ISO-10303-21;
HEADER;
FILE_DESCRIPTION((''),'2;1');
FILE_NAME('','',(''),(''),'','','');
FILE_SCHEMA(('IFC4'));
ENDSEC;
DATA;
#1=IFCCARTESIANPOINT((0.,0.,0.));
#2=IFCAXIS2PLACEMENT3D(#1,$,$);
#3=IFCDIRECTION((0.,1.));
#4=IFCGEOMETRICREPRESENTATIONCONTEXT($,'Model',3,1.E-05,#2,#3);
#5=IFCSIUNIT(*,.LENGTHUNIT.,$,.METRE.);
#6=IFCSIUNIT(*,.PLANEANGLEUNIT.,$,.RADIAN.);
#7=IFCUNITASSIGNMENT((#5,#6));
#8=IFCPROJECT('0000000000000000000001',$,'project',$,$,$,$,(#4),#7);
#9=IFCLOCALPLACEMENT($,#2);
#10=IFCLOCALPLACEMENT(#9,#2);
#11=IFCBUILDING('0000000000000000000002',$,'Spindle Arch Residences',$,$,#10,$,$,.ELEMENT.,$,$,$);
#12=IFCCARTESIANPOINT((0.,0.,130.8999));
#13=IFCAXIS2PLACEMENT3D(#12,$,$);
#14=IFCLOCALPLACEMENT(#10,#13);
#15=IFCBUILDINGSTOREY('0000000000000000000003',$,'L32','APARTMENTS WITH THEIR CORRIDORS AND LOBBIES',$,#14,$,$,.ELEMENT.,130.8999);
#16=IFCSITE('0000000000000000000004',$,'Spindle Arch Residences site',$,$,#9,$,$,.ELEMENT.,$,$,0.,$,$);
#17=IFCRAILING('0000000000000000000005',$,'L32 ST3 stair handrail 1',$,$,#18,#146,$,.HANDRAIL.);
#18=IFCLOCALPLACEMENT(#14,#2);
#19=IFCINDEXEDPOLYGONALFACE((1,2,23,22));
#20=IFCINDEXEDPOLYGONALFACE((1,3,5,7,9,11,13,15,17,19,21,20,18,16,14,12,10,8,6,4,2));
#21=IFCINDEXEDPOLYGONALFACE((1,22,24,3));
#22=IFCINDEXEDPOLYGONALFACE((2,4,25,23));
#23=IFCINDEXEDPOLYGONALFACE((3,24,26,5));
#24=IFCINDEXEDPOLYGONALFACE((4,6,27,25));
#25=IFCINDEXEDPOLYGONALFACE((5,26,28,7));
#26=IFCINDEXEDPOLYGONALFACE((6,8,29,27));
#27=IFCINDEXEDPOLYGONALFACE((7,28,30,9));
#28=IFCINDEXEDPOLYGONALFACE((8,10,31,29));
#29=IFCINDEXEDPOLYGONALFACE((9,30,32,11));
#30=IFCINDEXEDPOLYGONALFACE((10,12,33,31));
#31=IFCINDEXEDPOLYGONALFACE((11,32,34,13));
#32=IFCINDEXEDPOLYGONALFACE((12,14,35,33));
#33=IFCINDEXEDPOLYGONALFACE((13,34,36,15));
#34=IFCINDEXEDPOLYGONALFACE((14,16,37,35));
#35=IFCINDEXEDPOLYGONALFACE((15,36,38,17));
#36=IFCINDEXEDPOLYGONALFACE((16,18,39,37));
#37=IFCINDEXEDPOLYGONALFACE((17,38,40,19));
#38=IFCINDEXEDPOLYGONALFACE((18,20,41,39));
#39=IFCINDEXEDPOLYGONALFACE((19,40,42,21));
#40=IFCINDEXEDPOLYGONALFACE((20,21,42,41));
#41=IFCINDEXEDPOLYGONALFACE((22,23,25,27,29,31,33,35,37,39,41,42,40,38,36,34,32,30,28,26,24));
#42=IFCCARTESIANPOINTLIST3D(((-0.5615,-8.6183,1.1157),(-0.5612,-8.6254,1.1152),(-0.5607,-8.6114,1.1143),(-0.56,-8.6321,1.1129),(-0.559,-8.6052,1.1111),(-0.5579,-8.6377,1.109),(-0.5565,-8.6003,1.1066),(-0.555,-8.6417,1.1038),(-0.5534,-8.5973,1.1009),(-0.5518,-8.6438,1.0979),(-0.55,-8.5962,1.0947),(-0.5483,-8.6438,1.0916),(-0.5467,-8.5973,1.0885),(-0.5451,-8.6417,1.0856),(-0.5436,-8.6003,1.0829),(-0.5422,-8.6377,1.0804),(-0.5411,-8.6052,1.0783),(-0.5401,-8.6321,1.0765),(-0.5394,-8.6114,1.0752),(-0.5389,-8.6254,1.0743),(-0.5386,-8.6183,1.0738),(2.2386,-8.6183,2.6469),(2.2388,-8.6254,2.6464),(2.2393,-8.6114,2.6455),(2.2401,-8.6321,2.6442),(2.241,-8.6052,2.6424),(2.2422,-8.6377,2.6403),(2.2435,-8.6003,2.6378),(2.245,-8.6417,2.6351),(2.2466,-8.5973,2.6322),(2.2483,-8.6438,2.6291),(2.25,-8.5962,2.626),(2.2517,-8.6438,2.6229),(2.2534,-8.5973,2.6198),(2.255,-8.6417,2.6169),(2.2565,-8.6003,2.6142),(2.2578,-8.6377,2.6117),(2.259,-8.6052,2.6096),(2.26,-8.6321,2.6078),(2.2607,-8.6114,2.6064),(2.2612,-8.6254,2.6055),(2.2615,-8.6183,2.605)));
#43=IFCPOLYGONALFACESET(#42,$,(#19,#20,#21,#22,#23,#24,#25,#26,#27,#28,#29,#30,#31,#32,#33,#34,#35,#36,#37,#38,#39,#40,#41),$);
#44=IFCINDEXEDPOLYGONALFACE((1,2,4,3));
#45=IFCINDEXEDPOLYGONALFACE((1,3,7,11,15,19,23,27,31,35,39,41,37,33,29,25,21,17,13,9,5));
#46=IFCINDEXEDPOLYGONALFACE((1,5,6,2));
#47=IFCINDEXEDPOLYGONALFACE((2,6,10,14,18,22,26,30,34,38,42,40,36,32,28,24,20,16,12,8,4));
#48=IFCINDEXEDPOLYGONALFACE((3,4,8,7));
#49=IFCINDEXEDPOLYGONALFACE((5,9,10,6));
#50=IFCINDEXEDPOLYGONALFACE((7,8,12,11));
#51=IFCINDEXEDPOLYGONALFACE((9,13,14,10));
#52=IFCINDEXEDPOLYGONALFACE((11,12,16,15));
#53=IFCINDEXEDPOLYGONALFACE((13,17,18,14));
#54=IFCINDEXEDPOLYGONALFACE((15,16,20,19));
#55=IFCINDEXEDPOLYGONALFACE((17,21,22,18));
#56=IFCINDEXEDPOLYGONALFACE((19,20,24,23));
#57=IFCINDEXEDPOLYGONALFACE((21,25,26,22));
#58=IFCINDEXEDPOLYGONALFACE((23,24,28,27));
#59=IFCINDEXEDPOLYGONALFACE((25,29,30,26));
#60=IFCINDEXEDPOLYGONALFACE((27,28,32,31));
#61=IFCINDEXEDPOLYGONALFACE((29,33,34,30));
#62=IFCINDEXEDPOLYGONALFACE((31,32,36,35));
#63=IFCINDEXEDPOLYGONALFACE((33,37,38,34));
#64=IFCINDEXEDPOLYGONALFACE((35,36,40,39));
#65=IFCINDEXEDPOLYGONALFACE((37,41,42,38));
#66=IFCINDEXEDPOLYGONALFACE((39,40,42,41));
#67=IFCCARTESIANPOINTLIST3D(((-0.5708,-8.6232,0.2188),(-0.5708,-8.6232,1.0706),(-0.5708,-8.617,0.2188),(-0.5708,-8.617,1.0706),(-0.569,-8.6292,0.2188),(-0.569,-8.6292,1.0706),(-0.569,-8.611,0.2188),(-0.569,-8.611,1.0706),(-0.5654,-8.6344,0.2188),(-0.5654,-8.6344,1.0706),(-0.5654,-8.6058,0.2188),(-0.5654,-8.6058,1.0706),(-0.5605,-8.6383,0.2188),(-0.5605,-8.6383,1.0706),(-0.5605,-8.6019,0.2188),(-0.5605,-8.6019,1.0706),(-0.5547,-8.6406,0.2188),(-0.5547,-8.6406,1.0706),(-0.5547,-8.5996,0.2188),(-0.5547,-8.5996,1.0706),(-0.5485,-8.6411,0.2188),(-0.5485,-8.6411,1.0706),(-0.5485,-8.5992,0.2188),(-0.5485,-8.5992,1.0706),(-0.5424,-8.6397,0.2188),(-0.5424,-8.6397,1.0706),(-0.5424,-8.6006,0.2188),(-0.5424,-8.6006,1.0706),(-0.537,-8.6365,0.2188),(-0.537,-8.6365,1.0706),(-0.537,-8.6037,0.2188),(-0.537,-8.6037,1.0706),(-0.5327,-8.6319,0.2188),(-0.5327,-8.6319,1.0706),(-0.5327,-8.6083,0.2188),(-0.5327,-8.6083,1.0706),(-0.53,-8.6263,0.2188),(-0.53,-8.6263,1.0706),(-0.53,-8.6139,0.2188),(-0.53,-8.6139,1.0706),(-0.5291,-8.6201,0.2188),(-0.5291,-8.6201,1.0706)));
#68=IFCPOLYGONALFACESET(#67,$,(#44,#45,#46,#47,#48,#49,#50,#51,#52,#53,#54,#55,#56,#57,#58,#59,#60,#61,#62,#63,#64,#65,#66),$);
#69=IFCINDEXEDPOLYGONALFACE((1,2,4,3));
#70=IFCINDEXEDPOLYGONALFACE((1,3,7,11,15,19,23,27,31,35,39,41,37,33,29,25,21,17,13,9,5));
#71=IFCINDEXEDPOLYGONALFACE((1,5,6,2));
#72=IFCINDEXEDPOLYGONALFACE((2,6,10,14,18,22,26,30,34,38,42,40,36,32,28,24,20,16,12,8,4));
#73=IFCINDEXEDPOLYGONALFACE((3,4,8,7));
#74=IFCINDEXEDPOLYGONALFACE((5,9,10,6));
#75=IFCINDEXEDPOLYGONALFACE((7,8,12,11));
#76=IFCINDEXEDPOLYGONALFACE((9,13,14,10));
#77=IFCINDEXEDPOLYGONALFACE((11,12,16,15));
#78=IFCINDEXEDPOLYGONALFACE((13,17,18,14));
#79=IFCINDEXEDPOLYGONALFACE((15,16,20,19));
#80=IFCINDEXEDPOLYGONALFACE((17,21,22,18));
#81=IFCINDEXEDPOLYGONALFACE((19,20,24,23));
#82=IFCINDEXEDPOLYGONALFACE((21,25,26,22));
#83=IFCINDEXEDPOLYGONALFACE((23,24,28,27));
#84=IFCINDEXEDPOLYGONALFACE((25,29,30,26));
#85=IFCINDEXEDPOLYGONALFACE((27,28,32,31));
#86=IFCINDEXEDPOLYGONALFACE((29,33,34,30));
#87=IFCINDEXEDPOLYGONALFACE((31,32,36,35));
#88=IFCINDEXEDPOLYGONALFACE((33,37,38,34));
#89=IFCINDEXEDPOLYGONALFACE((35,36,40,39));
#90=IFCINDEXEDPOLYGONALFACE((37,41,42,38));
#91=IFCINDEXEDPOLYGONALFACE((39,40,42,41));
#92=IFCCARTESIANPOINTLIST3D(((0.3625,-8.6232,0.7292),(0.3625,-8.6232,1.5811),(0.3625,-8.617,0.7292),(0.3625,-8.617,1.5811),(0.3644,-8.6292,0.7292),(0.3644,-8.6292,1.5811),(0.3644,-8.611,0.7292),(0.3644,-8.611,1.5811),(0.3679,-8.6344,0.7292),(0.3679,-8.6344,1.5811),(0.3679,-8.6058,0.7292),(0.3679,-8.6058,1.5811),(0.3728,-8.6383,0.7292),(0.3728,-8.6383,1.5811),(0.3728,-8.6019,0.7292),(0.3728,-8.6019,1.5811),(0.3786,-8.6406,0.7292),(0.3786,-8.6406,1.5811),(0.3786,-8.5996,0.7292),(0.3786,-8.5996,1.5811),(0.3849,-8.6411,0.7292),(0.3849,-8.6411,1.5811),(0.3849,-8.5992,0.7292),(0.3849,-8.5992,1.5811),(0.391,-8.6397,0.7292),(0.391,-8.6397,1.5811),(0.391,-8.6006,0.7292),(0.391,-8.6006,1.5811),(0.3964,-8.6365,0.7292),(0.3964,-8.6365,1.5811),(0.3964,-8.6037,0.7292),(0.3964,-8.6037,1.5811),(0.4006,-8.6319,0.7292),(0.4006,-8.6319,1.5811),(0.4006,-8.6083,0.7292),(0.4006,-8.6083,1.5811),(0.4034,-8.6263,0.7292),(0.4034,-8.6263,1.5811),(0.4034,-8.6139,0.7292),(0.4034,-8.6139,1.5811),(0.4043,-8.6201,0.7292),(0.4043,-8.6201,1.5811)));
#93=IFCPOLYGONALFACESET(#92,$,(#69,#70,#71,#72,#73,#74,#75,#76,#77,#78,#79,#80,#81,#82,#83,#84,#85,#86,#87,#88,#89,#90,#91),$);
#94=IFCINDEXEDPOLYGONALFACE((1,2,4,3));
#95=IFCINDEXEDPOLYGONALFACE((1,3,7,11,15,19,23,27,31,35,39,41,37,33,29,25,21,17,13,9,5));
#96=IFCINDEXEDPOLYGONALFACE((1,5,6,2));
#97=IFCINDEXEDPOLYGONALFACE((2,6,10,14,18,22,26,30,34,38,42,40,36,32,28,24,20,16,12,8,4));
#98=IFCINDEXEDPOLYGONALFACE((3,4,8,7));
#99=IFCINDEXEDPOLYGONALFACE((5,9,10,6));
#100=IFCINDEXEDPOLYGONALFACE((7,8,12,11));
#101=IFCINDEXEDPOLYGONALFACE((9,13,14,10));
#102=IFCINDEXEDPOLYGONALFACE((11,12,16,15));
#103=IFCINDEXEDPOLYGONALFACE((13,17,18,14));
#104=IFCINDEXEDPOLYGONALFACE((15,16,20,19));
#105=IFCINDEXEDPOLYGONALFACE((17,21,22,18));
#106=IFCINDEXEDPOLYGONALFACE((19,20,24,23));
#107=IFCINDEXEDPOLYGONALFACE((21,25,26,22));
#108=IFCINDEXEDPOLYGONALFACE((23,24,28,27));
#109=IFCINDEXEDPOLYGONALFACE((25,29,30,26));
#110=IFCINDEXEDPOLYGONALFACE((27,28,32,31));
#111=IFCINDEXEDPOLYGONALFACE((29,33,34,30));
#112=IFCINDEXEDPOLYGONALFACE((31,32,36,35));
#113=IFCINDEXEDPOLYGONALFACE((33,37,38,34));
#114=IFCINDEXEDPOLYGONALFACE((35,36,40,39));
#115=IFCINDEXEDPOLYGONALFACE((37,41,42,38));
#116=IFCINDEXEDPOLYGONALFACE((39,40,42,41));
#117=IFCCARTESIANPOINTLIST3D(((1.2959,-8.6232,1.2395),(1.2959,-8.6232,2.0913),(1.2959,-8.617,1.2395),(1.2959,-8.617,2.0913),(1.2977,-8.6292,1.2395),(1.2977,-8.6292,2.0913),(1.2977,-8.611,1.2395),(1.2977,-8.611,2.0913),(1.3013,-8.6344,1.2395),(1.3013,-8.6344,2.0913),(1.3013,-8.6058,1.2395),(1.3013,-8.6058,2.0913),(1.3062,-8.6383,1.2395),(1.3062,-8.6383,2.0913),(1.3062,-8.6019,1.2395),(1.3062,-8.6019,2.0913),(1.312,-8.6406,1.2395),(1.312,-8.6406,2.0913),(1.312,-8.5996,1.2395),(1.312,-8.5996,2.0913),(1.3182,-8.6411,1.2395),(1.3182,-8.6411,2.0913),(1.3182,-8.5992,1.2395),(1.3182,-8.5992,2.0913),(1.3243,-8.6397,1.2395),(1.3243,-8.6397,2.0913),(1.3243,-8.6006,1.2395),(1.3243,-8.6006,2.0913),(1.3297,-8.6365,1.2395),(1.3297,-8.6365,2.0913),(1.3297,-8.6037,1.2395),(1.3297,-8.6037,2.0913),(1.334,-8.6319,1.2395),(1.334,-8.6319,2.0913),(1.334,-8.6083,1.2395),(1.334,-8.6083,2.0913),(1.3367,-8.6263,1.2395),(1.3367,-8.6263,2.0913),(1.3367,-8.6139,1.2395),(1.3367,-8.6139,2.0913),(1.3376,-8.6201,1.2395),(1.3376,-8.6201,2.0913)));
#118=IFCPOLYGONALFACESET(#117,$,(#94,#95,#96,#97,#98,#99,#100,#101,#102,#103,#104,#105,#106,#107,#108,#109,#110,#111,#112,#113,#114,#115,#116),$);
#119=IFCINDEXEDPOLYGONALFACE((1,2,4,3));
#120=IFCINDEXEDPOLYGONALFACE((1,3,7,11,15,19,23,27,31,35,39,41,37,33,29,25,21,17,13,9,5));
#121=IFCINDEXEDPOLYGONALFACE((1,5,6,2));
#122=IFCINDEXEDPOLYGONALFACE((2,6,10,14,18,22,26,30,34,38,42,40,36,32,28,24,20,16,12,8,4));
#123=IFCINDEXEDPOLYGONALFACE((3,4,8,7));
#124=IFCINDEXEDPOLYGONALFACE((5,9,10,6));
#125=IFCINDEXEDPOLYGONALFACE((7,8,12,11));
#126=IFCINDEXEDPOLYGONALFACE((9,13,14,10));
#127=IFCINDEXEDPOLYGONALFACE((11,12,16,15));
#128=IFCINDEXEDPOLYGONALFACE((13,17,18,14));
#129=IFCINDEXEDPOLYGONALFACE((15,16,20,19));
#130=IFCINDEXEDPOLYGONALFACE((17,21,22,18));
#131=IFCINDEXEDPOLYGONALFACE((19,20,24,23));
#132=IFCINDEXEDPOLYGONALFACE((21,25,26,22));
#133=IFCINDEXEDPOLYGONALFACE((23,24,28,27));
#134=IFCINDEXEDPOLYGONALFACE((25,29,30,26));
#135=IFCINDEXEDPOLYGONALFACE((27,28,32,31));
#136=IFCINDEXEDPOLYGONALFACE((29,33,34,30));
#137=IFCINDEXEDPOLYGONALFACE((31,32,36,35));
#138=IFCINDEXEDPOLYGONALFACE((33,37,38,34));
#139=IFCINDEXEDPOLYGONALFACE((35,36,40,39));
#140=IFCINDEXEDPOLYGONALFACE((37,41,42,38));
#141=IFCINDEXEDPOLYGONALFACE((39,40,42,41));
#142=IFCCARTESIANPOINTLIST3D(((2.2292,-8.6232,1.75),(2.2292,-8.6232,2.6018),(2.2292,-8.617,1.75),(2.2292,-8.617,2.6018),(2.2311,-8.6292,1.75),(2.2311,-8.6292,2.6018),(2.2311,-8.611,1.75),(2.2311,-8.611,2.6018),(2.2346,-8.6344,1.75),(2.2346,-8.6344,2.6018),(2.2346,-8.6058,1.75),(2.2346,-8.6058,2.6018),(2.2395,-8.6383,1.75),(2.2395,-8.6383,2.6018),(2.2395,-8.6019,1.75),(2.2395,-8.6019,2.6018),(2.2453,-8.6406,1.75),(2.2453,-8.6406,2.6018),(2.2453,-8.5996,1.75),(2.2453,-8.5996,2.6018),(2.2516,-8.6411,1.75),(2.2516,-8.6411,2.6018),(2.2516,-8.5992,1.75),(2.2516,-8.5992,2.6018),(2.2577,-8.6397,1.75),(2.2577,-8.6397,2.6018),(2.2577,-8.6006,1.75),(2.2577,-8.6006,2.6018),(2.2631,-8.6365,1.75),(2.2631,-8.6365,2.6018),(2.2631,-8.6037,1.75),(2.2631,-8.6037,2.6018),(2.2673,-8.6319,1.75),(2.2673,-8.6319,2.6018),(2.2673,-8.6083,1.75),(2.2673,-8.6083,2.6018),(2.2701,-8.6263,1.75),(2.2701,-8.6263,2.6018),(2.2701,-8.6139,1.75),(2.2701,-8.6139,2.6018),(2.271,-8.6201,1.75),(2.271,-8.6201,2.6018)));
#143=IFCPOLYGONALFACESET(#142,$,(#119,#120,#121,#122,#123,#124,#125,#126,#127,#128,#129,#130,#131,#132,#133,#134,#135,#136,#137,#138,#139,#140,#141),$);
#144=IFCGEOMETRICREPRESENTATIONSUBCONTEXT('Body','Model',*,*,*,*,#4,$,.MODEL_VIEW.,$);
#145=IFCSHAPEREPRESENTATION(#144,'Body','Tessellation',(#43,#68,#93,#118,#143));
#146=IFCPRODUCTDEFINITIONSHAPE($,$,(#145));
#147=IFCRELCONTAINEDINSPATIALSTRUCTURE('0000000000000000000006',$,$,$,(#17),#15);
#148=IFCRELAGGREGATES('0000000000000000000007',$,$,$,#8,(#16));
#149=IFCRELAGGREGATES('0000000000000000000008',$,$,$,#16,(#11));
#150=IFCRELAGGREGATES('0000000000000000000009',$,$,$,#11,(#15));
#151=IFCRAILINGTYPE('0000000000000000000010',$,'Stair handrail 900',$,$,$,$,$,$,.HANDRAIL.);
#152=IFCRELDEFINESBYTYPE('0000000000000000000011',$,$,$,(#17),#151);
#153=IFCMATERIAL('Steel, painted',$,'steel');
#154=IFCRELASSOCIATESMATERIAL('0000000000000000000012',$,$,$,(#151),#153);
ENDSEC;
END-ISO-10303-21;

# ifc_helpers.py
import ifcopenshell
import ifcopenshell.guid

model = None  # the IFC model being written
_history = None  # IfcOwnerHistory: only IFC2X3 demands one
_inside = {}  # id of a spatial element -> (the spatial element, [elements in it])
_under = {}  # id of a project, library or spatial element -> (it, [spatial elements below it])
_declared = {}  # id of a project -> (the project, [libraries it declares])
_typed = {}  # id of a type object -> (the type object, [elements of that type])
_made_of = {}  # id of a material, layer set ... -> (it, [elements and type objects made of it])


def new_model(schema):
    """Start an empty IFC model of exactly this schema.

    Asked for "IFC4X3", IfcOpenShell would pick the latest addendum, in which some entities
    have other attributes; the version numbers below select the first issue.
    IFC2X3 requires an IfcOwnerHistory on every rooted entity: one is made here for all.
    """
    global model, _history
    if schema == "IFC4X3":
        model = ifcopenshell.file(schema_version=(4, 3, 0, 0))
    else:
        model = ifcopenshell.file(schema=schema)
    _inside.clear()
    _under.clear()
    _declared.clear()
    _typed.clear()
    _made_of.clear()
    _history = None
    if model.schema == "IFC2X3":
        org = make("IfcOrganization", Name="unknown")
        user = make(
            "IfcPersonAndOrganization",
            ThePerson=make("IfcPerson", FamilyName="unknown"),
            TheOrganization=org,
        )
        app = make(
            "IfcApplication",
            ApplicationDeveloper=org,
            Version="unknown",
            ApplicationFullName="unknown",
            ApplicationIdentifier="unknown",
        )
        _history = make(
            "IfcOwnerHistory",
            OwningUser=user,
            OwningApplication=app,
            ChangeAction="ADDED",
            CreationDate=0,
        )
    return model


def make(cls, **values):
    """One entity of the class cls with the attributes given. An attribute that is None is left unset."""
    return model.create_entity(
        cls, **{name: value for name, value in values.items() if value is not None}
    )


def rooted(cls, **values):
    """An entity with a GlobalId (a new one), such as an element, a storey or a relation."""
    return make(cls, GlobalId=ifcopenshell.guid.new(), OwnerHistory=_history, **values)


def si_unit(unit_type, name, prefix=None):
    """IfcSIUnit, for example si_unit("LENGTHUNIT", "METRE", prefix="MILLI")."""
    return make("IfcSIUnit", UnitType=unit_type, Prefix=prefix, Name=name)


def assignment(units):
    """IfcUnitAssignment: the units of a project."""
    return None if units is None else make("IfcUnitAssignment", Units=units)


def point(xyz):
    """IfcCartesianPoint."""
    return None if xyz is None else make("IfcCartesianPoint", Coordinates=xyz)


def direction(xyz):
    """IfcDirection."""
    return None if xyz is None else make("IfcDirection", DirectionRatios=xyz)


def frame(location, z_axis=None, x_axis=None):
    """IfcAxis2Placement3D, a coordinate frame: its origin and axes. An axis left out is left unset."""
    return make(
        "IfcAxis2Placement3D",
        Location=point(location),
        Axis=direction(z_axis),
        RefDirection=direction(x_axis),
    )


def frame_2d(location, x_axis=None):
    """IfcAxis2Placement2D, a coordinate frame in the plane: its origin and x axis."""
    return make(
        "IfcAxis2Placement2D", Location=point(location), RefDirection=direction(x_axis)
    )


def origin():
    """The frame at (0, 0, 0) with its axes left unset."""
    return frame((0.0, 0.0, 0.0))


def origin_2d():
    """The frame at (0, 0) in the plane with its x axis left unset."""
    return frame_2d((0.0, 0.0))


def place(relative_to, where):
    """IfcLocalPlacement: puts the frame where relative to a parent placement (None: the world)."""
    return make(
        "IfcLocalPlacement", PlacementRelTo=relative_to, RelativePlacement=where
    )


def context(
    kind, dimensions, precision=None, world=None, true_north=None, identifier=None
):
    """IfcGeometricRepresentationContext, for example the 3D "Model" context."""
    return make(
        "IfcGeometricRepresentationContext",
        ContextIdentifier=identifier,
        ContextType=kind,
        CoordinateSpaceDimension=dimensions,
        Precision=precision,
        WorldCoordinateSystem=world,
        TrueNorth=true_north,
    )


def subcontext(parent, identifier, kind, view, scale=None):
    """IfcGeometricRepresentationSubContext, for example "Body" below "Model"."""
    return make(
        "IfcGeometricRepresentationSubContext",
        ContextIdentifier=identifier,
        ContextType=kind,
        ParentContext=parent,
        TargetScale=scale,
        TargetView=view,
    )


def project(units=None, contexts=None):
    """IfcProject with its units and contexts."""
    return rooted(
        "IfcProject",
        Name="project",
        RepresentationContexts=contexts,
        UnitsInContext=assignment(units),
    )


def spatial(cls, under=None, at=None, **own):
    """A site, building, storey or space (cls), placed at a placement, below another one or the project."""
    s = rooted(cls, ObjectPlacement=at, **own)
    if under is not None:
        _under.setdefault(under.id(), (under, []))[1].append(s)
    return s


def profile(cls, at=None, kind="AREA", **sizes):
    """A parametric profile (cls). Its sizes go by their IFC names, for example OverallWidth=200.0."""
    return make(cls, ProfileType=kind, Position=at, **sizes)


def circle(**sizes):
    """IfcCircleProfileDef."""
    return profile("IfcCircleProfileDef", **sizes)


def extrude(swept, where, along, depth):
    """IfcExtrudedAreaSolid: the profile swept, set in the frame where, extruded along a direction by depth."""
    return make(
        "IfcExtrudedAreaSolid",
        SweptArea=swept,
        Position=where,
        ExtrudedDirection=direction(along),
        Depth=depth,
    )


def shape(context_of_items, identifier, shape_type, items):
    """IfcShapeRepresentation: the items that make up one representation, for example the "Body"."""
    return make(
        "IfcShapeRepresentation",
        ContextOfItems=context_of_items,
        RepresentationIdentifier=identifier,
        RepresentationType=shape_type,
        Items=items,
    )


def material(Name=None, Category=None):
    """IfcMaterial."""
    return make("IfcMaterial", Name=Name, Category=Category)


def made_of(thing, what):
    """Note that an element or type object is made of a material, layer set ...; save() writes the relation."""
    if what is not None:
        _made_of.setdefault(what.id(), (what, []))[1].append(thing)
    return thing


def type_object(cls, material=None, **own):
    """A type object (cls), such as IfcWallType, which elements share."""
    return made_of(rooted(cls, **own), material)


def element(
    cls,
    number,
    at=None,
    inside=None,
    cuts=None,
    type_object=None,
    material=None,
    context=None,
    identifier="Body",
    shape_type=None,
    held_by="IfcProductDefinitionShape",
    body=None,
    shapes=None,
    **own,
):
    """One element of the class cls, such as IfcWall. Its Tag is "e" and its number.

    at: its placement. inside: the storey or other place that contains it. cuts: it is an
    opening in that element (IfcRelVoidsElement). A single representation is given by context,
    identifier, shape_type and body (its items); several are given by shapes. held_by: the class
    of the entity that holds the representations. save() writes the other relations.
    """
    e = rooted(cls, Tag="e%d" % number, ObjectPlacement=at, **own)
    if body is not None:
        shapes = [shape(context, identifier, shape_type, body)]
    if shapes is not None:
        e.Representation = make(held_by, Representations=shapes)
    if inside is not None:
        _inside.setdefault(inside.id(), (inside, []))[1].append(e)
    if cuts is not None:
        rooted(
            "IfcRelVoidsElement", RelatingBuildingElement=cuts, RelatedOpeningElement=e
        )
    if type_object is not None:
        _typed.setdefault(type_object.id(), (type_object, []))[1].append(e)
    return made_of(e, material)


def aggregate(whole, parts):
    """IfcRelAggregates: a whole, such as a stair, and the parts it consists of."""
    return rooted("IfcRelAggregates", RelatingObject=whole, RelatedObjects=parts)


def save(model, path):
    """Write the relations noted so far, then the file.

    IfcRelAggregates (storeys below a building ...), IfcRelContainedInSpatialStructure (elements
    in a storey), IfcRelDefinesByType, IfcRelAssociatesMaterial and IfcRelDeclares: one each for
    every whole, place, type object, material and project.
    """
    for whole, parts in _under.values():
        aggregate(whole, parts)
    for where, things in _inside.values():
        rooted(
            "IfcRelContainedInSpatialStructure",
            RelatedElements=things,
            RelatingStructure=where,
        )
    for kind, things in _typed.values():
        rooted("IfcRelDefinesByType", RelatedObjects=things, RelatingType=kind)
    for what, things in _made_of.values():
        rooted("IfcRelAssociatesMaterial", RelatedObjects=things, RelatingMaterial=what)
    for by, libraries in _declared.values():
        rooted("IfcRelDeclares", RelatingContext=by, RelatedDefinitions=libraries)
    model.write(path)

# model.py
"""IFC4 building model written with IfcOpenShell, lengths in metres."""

from ifc_helpers import new_model, si_unit, direction, frame, origin, origin_2d, place, context, subcontext, project, spatial, circle, extrude, material, type_object, element, save


model = new_model("IFC4")

# Units and contexts
model_context = context("Model", 3, precision=1e-05, world=origin(), true_north=direction((0.0, 1.0)))
body_context = subcontext(model_context, "Body", "Model", "MODEL_VIEW")
ifc_project = project(units=[si_unit("LENGTHUNIT", "METRE"), si_unit("PLANEANGLEUNIT", "RADIAN")], contexts=[model_context])

# Site, building, storey
site_placement = place(None, origin())
site = spatial("IfcSite", under=ifc_project, at=site_placement, Name="Spindle Arch Residences site", CompositionType="ELEMENT", RefElevation=0.0)
building_placement = place(site_placement, origin())
building = spatial("IfcBuilding", under=site, at=building_placement, Name="Spindle Arch Residences", CompositionType="ELEMENT")
storey_placement = place(building_placement, frame((0.0, 0.0, 130.8999)))
storey = spatial("IfcBuildingStorey", under=building, at=storey_placement, Name="L32", Description="APARTMENTS WITH THEIR CORRIDORS AND LOBBIES", CompositionType="ELEMENT", Elevation=130.8999)

# Railing
ifc_material_1 = material(Name="Steel, painted", Category="steel")
railing_type_1 = type_object("IfcRailingType", Name="Stair handrail 900", PredefinedType="HANDRAIL", material=ifc_material_1)
railing_1_placement = place(storey_placement, frame((-0.55, -8.6201, 0.2188)))
element("IfcRailing", 1, at=railing_1_placement, inside=storey, type_object=railing_type_1, Name="L32 ST3 stair handrail 1", PredefinedType="HANDRAIL", context=body_context, shape_type="SweptSolid", body=[
    extrude(circle(Radius=0.0239, at=origin_2d()), frame((0.0, 0.0, 0.876), z_axis=(0.877375, 0.0, 0.479806), x_axis=(0.0, 1.0, 0.0)), (0.0, 0.0, 1.0), 3.1914),
    extrude(circle(Radius=0.021, at=origin_2d()), origin(), (0.0, 0.0, 1.0), 0.8518),
    extrude(circle(Radius=0.021, at=origin_2d()), frame((0.9333, 0.0, 0.5105)), (0.0, 0.0, 1.0), 0.8518),
    extrude(circle(Radius=0.021, at=origin_2d()), frame((1.8667, 0.0, 1.0208)), (0.0, 0.0, 1.0), 0.8518),
    extrude(circle(Radius=0.021, at=origin_2d()), frame((2.8, 0.0, 1.5312)), (0.0, 0.0, 1.0), 0.8518),
])

save(model, "model.ifc")
